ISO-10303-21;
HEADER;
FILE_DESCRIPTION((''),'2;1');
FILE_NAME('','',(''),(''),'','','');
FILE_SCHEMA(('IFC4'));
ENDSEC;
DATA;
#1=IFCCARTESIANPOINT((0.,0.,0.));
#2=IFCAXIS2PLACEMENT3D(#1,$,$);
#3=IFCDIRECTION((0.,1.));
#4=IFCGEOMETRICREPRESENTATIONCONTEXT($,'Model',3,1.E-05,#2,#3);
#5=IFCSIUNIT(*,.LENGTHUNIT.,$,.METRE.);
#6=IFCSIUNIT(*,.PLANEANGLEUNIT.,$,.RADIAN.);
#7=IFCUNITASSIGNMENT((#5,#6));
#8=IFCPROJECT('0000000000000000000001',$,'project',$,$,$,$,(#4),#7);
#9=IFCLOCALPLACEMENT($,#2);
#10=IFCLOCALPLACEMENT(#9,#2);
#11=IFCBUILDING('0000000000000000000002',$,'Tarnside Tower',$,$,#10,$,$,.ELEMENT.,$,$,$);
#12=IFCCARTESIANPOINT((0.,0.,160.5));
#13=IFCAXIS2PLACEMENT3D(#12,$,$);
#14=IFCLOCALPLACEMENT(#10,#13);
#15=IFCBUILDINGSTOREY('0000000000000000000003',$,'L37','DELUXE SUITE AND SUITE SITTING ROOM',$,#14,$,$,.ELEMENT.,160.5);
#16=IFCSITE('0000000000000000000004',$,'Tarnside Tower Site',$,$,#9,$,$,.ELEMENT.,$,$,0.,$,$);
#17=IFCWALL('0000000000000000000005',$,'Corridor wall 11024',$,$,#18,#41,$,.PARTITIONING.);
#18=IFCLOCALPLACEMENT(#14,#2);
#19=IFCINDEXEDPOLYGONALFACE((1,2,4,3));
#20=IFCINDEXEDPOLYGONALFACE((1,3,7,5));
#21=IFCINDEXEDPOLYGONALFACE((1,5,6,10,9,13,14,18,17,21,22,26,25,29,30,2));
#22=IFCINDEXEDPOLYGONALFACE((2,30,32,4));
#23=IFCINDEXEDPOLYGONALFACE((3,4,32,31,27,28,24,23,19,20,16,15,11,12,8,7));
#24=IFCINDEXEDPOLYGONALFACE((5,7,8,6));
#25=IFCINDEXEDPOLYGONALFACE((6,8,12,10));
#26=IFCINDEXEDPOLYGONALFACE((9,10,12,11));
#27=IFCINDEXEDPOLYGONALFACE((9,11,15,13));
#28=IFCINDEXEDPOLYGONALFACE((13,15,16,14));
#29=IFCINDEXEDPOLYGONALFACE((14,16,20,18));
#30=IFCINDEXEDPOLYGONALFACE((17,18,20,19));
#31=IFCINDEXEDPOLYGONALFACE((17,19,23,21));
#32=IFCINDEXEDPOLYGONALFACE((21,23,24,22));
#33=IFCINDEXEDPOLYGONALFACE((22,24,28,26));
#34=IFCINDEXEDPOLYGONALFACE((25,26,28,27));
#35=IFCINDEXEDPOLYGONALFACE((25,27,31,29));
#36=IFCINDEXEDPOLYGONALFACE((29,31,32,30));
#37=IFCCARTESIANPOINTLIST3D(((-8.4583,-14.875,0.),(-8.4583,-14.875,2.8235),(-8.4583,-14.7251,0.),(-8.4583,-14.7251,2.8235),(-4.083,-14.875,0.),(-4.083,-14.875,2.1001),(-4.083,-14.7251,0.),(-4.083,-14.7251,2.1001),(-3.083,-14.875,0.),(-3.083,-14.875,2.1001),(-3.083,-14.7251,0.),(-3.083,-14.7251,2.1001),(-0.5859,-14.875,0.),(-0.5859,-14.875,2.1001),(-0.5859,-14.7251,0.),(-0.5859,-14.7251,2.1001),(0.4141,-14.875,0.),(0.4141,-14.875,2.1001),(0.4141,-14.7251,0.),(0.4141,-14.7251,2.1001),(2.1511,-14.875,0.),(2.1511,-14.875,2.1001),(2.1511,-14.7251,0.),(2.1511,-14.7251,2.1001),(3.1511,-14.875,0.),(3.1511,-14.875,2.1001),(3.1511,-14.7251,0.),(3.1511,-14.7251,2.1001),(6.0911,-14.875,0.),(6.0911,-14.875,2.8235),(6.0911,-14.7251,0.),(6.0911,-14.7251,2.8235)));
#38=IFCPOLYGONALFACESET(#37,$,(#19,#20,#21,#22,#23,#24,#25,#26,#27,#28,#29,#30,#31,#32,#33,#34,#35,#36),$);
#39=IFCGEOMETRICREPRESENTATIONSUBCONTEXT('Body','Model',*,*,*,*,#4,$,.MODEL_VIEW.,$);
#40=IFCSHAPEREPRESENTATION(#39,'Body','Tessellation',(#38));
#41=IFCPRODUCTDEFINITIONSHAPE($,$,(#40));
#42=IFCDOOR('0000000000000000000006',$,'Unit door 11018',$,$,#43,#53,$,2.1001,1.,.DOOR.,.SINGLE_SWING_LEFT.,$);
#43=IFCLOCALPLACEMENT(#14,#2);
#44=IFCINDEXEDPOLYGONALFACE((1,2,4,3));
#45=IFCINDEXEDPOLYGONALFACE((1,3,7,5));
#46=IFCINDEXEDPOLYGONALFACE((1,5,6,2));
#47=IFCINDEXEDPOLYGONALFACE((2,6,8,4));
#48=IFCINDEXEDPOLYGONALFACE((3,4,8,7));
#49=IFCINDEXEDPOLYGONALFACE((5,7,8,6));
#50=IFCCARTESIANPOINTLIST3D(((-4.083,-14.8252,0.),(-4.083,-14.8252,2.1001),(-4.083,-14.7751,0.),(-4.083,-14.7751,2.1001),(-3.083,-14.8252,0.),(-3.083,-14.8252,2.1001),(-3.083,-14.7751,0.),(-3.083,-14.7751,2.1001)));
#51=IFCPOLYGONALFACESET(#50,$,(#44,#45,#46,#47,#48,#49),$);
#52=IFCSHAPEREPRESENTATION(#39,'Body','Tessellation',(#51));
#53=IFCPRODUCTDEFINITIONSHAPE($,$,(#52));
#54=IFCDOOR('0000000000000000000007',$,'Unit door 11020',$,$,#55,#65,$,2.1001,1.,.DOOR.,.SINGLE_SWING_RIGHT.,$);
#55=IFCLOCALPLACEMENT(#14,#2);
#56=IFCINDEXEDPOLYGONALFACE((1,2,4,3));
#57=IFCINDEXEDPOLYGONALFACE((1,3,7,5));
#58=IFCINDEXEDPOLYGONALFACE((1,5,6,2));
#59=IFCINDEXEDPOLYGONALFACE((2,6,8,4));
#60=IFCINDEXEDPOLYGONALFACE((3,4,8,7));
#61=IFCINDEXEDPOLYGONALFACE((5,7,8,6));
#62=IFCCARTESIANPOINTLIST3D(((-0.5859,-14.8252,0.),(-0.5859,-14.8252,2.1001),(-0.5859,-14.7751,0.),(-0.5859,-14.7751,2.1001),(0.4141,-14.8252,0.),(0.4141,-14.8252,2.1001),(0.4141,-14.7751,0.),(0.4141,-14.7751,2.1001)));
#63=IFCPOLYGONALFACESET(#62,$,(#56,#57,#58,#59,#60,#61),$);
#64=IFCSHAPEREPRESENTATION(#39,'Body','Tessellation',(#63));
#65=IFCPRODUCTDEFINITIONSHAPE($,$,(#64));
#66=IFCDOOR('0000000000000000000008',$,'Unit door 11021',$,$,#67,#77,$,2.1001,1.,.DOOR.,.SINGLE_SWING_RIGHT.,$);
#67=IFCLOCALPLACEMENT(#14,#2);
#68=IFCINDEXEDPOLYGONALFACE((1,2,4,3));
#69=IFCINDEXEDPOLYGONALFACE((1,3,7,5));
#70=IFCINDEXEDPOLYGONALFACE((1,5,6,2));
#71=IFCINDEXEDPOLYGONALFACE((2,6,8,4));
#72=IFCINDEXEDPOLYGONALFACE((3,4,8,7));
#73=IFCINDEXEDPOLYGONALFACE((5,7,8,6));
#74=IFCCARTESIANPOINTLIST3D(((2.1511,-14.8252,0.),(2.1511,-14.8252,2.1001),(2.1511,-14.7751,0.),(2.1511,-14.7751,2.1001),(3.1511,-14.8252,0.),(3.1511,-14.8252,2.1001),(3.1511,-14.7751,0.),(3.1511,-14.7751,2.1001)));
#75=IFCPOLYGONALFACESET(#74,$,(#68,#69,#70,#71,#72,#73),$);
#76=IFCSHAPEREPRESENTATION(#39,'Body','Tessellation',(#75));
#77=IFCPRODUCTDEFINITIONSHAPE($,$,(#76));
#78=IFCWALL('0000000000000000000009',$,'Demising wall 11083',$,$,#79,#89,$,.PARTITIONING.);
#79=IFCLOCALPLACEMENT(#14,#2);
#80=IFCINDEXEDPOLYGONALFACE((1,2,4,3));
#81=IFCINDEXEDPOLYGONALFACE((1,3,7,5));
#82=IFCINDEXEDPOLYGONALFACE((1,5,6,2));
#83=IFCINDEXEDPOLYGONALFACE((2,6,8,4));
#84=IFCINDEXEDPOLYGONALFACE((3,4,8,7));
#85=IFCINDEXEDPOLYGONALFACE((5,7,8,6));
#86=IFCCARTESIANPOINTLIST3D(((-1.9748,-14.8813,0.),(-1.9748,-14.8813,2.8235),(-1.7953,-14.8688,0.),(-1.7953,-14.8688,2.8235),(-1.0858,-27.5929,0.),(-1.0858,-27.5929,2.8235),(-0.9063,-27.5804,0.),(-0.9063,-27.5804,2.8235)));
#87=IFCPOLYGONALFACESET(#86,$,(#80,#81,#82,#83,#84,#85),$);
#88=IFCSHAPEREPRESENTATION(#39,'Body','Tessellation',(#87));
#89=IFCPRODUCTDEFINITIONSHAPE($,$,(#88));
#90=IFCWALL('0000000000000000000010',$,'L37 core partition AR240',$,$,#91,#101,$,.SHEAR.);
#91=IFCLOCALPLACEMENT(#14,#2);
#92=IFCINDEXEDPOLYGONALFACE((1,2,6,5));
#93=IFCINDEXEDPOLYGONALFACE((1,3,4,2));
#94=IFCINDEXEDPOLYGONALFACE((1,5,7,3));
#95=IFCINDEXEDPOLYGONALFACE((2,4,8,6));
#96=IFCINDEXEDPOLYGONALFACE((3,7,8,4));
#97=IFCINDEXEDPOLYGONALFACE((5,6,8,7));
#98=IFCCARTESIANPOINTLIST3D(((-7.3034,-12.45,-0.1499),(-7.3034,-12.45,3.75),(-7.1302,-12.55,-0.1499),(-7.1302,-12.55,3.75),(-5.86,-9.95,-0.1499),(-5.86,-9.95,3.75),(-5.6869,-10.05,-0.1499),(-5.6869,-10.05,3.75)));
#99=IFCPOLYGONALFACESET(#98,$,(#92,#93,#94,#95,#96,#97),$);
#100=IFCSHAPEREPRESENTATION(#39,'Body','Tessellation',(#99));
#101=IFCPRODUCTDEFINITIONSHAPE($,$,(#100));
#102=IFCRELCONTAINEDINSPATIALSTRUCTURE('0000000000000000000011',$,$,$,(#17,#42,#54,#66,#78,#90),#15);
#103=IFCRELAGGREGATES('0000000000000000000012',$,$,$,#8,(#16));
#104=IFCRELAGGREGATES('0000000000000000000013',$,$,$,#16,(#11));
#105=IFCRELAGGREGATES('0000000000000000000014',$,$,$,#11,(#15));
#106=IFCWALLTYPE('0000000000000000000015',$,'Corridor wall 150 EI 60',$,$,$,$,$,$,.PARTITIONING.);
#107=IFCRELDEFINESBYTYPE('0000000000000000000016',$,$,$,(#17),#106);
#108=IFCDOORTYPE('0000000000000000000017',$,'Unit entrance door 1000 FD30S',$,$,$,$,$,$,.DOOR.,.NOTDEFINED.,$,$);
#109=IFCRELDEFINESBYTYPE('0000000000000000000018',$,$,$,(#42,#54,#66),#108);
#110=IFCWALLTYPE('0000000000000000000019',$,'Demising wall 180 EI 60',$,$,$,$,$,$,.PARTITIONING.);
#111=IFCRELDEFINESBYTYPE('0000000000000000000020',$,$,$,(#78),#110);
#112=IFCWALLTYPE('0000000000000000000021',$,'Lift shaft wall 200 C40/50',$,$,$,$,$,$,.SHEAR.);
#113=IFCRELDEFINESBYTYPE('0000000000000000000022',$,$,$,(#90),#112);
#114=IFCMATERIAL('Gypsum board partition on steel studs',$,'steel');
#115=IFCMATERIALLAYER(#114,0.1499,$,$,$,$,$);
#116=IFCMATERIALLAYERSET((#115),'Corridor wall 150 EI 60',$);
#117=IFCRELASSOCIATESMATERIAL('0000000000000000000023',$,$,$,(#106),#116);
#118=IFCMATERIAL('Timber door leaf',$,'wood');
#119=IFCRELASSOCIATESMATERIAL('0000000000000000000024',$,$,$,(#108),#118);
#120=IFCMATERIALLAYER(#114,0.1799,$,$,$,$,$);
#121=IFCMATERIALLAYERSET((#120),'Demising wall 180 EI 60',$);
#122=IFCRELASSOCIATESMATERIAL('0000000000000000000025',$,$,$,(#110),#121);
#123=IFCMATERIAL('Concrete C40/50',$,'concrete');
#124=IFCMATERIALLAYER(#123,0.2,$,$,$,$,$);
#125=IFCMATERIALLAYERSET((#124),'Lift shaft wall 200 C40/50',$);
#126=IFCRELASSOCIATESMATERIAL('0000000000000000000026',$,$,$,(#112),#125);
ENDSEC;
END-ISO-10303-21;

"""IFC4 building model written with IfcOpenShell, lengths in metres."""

from ifc_helpers import new_model, si_unit, direction, frame, frame_2d, origin, place, context, subcontext, project, spatial, rectangle, extrude, material, layer, layer_set, type_object, element, fill, save


model = new_model("IFC4")

# Units and contexts
model_context = context("Model", 3, precision=1e-05, world=origin(), true_north=direction((0.0, 1.0)))
body_context = subcontext(model_context, "Body", "Model", "MODEL_VIEW")
ifc_project = project(units=[si_unit("LENGTHUNIT", "METRE"), si_unit("PLANEANGLEUNIT", "RADIAN")], contexts=[model_context])

# Site, building, storey
site_placement = place(None, origin())
site = spatial("IfcSite", under=ifc_project, at=site_placement, Name="Tarnside Tower Site", CompositionType="ELEMENT", RefElevation=0.0)
building_placement = place(site_placement, origin())
building = spatial("IfcBuilding", under=site, at=building_placement, Name="Tarnside Tower", CompositionType="ELEMENT")
storey_placement = place(building_placement, frame((0.0, 0.0, 160.5)))
storey = spatial("IfcBuildingStorey", under=building, at=storey_placement, Name="L37", Description="DELUXE SUITE AND SUITE SITTING ROOM", CompositionType="ELEMENT", Elevation=160.5)

# Shared definitions
ifc_material_1 = material(Name="Gypsum board partition on steel studs", Category="steel")

# Shared definitions
ifc_material_2 = material(Name="Timber door leaf", Category="wood")

# Wall, openings, doors
ifc_layer_1 = layer(ifc_material_1, 0.1499)
ifc_layer_set_1 = layer_set([ifc_layer_1], Name="Corridor wall 150 EI 60")
wall_type_1 = type_object("IfcWallType", Name="Corridor wall 150 EI 60", PredefinedType="PARTITIONING", material=ifc_layer_set_1)
wall_1_placement = place(storey_placement, frame((-8.4583, -14.8, 0.0), z_axis=(0.0, 0.0, 1.0), x_axis=(1.0, 0.0, 0.0)))
wall_1 = element("IfcWall", 1, at=wall_1_placement, inside=storey, type_object=wall_type_1, Name="Corridor wall 11024", PredefinedType="PARTITIONING", context=body_context, shape_type="SweptSolid", body=[
    extrude(rectangle(XDim=14.5493, YDim=0.1499, at=frame_2d((7.2747, 0.0))), origin(), (0.0, 0.0, 1.0), 2.8235),
])
opening_1_placement = place(wall_1_placement, frame((4.3752, 0.0, 0.0)))
opening_1 = element("IfcOpeningElement", 2, at=opening_1_placement, cuts=wall_1, PredefinedType="OPENING", context=body_context, shape_type="SweptSolid", body=[
    extrude(rectangle(XDim=1.0, YDim=2.1001, at=frame_2d((0.5, 1.05))), frame((0.0, 0.085, 0.0), z_axis=(0.0, -1.0, 0.0), x_axis=(1.0, 0.0, 0.0)), (0.0, 0.0, 1.0), 0.1699),
])
opening_2_placement = place(wall_1_placement, frame((7.8723, 0.0, 0.0)))
opening_2 = element("IfcOpeningElement", 3, at=opening_2_placement, cuts=wall_1, PredefinedType="OPENING", context=body_context, shape_type="SweptSolid", body=[
    extrude(rectangle(XDim=1.0, YDim=2.1001, at=frame_2d((0.5, 1.05))), frame((0.0, 0.085, 0.0), z_axis=(0.0, -1.0, 0.0), x_axis=(1.0, 0.0, 0.0)), (0.0, 0.0, 1.0), 0.1699),
])
opening_3_placement = place(wall_1_placement, frame((10.6094, 0.0, 0.0)))
opening_3 = element("IfcOpeningElement", 4, at=opening_3_placement, cuts=wall_1, PredefinedType="OPENING", context=body_context, shape_type="SweptSolid", body=[
    extrude(rectangle(XDim=1.0, YDim=2.1001, at=frame_2d((0.5, 1.05))), frame((0.0, 0.085, 0.0), z_axis=(0.0, -1.0, 0.0), x_axis=(1.0, 0.0, 0.0)), (0.0, 0.0, 1.0), 0.1699),
])
door_type_1 = type_object("IfcDoorType", Name="Unit entrance door 1000 FD30S", OperationType="NOTDEFINED", PredefinedType="DOOR", material=ifc_material_2)
door_1_placement = place(opening_1_placement, origin())
door_1 = element("IfcDoor", 5, at=door_1_placement, inside=storey, type_object=door_type_1, Name="Unit door 11018", OperationType="SINGLE_SWING_LEFT", OverallHeight=2.1001, OverallWidth=1.0, PredefinedType="DOOR", context=body_context, shape_type="SweptSolid", body=[
    extrude(rectangle(XDim=1.0, YDim=2.1001, at=frame_2d((0.5, 1.05))), frame((0.0, 0.0249, 0.0), z_axis=(0.0, -1.0, 0.0), x_axis=(1.0, 0.0, 0.0)), (0.0, 0.0, 1.0), 0.05),
])
fill(opening_1, door_1)
door_2_placement = place(opening_2_placement, origin())
door_2 = element("IfcDoor", 6, at=door_2_placement, inside=storey, type_object=door_type_1, Name="Unit door 11020", OperationType="SINGLE_SWING_RIGHT", OverallHeight=2.1001, OverallWidth=1.0, PredefinedType="DOOR", context=body_context, shape_type="SweptSolid", body=[
    extrude(rectangle(XDim=1.0, YDim=2.1001, at=frame_2d((0.5, 1.05))), frame((0.0, 0.0249, 0.0), z_axis=(0.0, -1.0, 0.0), x_axis=(1.0, 0.0, 0.0)), (0.0, 0.0, 1.0), 0.05),
])
fill(opening_2, door_2)
door_3_placement = place(opening_3_placement, origin())
door_3 = element("IfcDoor", 7, at=door_3_placement, inside=storey, type_object=door_type_1, Name="Unit door 11021", OperationType="SINGLE_SWING_RIGHT", OverallHeight=2.1001, OverallWidth=1.0, PredefinedType="DOOR", context=body_context, shape_type="SweptSolid", body=[
    extrude(rectangle(XDim=1.0, YDim=2.1001, at=frame_2d((0.5, 1.05))), frame((0.0, 0.0249, 0.0), z_axis=(0.0, -1.0, 0.0), x_axis=(1.0, 0.0, 0.0)), (0.0, 0.0, 1.0), 0.05),
])
fill(opening_3, door_3)

# Walls
ifc_layer_2 = layer(ifc_material_1, 0.1799)
ifc_layer_set_2 = layer_set([ifc_layer_2], Name="Demising wall 180 EI 60")
wall_type_2 = type_object("IfcWallType", Name="Demising wall 180 EI 60", PredefinedType="PARTITIONING", material=ifc_layer_set_2)
wall_2_placement = place(storey_placement, frame((-0.9961, -27.5867, 0.0), z_axis=(0.0, 0.0, 1.0), x_axis=(-0.069759, 0.997564, 0.0)))
element("IfcWall", 8, at=wall_2_placement, inside=storey, type_object=wall_type_2, Name="Demising wall 11083", PredefinedType="PARTITIONING", context=body_context, shape_type="SweptSolid", body=[
    extrude(rectangle(XDim=12.7427, YDim=0.1799, at=frame_2d((6.3713, 0.0))), origin(), (0.0, 0.0, 1.0), 2.8235),
])
ifc_material_3 = material(Name="Concrete C40/50", Category="concrete")
ifc_layer_3 = layer(ifc_material_3, 0.2)
ifc_layer_set_3 = layer_set([ifc_layer_3], Name="Lift shaft wall 200 C40/50")
wall_type_3 = type_object("IfcWallType", Name="Lift shaft wall 200 C40/50", PredefinedType="SHEAR", material=ifc_layer_set_3)
wall_3_placement = place(storey_placement, frame((-5.7734, -10.0, -0.1499), z_axis=(0.0, 0.0, 1.0), x_axis=(-0.499996, -0.866028, 0.0)))
element("IfcWall", 9, at=wall_3_placement, inside=storey, type_object=wall_type_3, Name="L37 core partition AR240", PredefinedType="SHEAR", context=body_context, shape_type="SweptSolid", body=[
    extrude(rectangle(XDim=2.8867, YDim=0.2, at=frame_2d((1.4434, 0.0))), origin(), (0.0, 0.0, 1.0), 3.8999),
])

save(model, "model.ifc")
